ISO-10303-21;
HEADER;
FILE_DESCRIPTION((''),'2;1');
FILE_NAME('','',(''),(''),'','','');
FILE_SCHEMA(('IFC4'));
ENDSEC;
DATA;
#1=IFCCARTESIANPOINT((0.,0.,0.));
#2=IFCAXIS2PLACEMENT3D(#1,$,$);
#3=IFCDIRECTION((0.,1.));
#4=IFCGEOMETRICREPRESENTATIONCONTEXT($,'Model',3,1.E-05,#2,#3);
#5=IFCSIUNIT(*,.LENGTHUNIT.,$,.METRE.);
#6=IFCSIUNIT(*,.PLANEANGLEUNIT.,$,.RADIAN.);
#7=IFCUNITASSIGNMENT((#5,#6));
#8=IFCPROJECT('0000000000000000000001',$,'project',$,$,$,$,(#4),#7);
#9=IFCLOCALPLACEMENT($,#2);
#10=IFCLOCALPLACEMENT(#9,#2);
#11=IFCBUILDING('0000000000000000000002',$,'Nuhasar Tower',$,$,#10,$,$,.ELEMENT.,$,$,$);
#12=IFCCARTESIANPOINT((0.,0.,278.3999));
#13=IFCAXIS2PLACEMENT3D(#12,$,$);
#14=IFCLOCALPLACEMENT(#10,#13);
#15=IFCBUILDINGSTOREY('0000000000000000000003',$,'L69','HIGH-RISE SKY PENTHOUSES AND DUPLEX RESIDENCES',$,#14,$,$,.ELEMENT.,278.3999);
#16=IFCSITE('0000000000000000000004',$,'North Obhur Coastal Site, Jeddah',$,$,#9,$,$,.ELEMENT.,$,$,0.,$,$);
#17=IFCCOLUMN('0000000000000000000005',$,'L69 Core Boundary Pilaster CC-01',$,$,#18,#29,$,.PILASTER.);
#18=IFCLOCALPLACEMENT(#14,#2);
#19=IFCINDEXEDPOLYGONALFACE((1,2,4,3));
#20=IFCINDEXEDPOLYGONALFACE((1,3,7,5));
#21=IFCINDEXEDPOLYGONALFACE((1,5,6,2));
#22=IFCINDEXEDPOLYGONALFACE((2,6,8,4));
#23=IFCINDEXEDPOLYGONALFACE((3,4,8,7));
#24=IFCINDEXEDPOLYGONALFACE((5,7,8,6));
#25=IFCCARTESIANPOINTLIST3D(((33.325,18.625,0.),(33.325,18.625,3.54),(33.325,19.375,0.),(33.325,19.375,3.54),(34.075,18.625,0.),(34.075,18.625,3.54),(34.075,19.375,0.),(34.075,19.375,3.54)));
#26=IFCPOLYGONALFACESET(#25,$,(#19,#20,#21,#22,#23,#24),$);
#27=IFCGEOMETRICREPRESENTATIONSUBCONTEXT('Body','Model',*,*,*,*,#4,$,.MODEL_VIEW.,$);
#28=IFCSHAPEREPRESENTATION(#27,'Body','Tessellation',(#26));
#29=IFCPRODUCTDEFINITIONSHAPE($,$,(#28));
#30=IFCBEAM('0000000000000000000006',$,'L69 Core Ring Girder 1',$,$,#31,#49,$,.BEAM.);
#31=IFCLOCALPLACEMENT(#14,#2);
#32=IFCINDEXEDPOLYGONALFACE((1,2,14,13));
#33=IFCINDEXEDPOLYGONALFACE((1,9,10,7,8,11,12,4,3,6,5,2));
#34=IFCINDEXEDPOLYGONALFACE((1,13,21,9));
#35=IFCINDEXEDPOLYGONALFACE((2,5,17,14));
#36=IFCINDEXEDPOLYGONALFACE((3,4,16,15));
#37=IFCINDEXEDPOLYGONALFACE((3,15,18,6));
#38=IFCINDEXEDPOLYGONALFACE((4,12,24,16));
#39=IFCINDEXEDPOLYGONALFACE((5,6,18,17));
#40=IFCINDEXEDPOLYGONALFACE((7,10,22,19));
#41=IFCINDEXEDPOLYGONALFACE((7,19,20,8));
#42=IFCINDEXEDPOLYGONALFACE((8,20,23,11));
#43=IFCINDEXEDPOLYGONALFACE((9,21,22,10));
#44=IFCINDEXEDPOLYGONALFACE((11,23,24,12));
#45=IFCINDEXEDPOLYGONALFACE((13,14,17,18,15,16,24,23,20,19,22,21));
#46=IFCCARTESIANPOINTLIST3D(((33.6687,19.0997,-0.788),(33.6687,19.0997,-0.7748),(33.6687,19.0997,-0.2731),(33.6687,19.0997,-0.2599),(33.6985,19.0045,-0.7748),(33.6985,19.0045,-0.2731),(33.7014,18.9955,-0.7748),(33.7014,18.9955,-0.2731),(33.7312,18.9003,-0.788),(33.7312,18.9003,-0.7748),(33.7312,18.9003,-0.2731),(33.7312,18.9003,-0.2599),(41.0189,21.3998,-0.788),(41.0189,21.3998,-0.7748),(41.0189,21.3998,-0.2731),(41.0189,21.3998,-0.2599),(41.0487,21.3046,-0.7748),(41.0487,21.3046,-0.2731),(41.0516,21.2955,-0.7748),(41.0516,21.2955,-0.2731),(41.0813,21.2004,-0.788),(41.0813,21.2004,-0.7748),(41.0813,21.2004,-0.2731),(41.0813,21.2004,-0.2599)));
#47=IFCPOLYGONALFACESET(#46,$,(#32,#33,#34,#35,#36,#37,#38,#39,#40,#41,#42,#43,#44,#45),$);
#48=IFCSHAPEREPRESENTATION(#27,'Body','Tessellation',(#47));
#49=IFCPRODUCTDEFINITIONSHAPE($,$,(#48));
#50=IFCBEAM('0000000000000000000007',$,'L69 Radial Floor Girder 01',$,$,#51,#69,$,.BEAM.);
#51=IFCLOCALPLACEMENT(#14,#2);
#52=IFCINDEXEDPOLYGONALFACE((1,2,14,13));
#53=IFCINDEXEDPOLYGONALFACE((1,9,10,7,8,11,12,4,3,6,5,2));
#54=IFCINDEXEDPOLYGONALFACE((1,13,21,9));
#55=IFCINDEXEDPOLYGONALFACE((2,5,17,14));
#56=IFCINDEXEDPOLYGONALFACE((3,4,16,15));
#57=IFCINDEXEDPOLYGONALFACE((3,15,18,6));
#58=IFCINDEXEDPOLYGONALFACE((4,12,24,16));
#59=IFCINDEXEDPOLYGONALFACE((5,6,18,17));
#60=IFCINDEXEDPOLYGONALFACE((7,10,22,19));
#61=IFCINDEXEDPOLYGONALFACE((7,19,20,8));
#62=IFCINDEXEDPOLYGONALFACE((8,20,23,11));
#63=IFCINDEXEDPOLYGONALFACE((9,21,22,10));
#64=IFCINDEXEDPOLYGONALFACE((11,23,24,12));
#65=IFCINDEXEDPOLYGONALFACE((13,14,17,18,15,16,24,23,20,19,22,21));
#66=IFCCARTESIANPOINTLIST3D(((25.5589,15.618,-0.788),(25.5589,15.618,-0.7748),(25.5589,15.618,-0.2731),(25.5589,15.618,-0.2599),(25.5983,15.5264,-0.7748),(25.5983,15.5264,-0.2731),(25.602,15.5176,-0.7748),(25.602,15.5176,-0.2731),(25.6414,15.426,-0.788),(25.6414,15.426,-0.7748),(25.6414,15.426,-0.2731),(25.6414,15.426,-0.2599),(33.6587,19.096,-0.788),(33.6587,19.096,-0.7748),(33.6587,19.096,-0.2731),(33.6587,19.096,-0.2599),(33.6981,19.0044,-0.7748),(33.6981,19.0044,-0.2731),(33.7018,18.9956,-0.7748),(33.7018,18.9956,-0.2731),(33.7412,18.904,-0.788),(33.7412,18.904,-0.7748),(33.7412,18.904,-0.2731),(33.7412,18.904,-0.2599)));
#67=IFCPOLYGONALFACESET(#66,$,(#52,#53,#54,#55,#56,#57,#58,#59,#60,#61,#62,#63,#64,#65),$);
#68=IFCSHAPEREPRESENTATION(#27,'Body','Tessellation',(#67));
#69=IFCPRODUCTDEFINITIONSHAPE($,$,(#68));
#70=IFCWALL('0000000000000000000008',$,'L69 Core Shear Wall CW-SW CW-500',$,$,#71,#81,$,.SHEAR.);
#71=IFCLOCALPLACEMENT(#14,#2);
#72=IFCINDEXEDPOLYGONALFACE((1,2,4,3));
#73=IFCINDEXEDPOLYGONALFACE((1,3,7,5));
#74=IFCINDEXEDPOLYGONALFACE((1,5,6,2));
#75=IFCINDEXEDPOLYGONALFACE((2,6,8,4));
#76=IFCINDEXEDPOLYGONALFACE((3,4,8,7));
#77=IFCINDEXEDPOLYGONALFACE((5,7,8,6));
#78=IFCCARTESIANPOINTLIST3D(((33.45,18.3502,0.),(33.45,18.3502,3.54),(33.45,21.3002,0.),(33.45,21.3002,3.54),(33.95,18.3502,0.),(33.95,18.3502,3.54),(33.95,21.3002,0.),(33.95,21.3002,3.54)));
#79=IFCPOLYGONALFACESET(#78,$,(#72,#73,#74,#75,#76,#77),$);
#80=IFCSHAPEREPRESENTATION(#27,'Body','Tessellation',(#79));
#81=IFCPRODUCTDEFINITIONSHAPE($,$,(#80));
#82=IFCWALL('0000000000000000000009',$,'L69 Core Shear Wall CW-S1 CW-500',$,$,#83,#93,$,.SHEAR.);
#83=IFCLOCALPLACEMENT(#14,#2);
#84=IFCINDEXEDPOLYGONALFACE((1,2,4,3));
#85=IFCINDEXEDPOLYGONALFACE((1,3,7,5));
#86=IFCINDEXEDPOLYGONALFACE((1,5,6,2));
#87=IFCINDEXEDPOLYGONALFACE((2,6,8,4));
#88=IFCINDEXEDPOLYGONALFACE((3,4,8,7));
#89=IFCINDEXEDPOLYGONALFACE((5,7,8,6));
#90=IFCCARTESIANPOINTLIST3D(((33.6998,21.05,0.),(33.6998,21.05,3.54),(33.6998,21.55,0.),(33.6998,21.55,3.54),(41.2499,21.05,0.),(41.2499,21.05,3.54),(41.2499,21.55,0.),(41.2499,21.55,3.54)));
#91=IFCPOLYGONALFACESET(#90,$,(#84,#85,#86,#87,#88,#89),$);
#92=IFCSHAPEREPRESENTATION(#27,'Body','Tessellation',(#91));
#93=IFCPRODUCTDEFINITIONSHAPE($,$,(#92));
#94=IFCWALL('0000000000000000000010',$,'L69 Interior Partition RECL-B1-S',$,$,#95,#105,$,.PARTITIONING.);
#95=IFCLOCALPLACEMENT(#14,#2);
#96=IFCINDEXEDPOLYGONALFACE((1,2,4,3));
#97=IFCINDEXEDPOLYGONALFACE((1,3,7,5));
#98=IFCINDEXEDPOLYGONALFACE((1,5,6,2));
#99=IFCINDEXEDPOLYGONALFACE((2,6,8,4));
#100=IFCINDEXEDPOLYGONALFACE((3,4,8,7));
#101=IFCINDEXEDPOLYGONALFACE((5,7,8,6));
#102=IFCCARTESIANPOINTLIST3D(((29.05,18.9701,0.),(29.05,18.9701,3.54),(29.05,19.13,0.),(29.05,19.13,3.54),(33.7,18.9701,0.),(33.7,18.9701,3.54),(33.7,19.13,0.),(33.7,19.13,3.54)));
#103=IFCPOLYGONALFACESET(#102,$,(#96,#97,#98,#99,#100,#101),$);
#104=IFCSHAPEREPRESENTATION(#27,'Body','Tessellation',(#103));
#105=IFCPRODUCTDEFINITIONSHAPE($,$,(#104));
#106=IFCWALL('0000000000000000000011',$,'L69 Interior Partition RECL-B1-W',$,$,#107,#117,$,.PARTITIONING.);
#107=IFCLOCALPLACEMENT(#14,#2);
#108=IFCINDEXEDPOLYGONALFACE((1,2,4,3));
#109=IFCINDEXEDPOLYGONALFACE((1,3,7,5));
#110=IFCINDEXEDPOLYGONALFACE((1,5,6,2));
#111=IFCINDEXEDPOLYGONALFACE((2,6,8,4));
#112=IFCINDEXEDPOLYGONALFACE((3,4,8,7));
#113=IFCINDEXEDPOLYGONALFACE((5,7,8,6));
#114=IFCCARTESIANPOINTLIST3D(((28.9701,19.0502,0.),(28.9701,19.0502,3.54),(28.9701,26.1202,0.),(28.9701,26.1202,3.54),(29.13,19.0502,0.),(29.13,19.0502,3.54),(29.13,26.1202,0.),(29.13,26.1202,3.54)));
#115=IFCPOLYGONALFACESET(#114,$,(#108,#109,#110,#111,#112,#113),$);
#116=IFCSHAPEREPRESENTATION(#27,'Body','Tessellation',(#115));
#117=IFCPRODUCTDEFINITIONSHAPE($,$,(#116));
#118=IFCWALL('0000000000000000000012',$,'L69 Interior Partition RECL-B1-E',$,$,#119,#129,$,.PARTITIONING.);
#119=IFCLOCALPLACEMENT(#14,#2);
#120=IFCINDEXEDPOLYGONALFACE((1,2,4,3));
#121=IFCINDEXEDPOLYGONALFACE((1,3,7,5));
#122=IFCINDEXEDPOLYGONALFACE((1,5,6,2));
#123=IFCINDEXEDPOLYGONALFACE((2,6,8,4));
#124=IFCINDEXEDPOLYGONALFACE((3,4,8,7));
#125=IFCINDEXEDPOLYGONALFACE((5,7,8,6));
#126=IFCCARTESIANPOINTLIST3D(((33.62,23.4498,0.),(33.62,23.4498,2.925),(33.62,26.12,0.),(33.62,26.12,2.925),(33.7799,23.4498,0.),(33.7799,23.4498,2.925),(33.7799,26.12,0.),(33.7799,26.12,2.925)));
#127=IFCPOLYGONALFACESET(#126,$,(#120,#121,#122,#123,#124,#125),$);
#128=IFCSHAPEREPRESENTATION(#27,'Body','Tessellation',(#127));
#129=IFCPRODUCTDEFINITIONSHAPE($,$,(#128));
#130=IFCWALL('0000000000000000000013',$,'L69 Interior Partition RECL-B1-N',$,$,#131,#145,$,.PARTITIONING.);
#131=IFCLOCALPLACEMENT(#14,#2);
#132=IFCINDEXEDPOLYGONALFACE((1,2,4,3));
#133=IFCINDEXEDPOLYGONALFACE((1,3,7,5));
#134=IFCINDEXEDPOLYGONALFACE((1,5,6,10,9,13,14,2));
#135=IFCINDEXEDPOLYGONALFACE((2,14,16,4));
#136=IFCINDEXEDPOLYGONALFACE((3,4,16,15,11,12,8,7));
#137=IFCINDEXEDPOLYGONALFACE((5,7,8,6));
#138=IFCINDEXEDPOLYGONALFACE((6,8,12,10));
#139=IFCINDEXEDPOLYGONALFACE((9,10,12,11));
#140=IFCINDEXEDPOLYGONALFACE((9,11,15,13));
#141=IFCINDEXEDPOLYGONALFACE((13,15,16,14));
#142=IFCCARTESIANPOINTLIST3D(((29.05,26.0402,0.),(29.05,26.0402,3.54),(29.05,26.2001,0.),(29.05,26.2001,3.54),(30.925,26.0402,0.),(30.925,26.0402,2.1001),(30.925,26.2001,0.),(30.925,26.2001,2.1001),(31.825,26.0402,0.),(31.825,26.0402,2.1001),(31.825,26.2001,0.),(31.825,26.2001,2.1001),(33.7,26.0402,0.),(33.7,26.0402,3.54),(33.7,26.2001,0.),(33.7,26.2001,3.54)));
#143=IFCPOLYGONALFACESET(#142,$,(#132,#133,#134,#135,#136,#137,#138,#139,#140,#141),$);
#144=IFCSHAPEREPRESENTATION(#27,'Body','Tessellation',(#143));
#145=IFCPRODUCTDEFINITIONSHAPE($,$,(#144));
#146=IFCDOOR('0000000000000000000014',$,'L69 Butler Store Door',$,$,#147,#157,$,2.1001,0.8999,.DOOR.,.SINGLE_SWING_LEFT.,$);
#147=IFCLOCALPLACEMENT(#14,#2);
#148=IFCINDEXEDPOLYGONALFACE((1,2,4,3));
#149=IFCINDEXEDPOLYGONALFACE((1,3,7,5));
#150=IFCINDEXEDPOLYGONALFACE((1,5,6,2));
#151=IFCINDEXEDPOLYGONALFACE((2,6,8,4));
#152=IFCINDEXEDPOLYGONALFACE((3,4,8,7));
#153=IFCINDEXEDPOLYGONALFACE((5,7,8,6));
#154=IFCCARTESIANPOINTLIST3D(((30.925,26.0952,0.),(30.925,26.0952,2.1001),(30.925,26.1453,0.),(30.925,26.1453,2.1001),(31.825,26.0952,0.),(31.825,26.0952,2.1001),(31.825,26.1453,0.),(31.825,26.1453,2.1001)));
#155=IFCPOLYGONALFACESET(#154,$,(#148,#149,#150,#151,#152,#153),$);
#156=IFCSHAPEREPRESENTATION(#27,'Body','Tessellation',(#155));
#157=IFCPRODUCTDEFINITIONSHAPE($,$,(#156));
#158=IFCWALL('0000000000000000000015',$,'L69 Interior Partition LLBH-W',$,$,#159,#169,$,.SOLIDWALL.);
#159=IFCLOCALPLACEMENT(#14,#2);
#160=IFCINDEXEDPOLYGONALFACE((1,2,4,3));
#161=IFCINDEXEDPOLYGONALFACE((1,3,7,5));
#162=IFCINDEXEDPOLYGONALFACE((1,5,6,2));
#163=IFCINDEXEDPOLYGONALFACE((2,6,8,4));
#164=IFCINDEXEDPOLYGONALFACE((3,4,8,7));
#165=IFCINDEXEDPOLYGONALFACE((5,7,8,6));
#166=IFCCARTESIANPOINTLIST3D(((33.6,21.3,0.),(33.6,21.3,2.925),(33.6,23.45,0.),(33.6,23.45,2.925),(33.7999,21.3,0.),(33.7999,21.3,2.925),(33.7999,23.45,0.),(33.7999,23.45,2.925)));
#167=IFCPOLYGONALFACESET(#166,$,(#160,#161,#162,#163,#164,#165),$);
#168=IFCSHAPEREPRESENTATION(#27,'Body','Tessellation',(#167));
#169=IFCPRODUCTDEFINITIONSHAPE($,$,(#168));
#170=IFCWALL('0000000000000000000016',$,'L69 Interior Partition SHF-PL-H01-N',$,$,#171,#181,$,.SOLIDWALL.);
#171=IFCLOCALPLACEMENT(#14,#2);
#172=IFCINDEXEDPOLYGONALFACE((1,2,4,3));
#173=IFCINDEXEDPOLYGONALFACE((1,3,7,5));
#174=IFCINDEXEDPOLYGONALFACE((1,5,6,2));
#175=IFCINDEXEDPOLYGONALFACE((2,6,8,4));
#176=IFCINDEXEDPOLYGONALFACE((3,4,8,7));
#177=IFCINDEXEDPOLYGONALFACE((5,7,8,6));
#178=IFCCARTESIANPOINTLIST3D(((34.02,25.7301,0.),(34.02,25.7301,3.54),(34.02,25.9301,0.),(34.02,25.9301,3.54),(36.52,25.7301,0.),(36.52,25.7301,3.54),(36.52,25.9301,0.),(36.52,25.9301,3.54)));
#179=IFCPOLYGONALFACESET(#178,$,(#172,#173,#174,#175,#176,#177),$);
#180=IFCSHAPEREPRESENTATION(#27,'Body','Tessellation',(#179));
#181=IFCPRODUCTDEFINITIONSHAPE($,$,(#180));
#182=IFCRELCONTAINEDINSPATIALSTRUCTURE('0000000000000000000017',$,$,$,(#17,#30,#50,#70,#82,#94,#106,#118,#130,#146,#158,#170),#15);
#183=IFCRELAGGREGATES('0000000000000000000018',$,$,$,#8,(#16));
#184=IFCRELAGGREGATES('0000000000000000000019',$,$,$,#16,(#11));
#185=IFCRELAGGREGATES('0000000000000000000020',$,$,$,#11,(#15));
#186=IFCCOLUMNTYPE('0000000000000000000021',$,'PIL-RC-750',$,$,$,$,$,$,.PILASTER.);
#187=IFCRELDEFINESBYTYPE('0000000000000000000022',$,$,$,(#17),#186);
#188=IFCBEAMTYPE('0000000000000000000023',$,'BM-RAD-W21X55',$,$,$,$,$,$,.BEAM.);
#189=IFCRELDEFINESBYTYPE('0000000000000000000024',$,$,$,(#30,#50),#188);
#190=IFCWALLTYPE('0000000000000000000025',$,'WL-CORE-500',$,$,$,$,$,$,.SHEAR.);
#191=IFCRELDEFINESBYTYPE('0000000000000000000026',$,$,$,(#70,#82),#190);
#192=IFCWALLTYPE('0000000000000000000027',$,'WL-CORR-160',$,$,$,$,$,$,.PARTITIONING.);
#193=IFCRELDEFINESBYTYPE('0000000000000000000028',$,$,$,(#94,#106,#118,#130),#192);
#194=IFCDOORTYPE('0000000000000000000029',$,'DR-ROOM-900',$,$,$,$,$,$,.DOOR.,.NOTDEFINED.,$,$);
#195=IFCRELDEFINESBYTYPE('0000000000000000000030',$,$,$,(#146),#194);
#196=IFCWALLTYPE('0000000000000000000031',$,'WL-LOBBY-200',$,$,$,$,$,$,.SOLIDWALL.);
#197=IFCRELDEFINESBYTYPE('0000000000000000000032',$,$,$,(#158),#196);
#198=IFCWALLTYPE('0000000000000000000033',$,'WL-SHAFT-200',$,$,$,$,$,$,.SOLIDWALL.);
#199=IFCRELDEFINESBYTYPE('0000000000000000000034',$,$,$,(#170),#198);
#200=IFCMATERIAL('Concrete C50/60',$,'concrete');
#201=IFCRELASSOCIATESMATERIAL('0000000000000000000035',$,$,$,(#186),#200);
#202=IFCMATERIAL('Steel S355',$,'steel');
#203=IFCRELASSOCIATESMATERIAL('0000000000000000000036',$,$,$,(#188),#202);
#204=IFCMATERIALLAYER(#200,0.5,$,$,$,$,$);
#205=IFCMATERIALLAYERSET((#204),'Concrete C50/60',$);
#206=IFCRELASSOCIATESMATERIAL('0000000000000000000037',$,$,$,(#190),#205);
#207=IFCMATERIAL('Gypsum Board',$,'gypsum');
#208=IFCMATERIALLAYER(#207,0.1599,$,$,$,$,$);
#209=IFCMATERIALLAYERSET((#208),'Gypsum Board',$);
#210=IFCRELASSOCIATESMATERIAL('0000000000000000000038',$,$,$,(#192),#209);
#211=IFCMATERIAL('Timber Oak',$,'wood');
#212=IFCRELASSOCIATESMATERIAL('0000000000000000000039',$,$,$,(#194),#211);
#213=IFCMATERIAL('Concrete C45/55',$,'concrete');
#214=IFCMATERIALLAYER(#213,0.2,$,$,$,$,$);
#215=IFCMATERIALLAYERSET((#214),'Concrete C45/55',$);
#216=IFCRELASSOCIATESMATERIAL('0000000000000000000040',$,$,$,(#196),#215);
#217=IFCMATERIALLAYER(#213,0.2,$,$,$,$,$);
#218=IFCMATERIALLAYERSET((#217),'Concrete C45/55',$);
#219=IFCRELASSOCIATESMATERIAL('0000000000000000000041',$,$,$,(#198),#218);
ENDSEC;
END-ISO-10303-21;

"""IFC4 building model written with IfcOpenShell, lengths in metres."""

from ifc_helpers import new_model, si_unit, direction, frame, frame_2d, origin, origin_2d, place, context, subcontext, project, spatial, rectangle, i_section, extrude, material, layer, layer_set, material_profile, profile_set, type_object, element, fill, save


model = new_model("IFC4")

# Units and contexts
model_context = context("Model", 3, precision=1e-05, world=origin(), true_north=direction((0.0, 1.0)))
body_context = subcontext(model_context, "Body", "Model", "MODEL_VIEW")
ifc_project = project(units=[si_unit("LENGTHUNIT", "METRE"), si_unit("PLANEANGLEUNIT", "RADIAN")], contexts=[model_context])

# Site, building, storey
site_placement = place(None, origin())
site = spatial("IfcSite", under=ifc_project, at=site_placement, Name="North Obhur Coastal Site, Jeddah", CompositionType="ELEMENT", RefElevation=0.0)
building_placement = place(site_placement, origin())
building = spatial("IfcBuilding", under=site, at=building_placement, Name="Nuhasar Tower", CompositionType="ELEMENT")
storey_placement = place(building_placement, frame((0.0, 0.0, 278.3999)))
storey = spatial("IfcBuildingStorey", under=building, at=storey_placement, Name="L69", Description="HIGH-RISE SKY PENTHOUSES AND DUPLEX RESIDENCES", CompositionType="ELEMENT", Elevation=278.3999)

# Column
ifc_material_1 = material(Name="Concrete C50/60", Category="concrete")
ifc_material_profile_1 = material_profile(ifc_material_1, rectangle(XDim=0.75, YDim=0.75, at=origin_2d()), Name="RC750X750")
ifc_profile_set_1 = profile_set([ifc_material_profile_1], Name="Concrete C50/60")
column_type = type_object("IfcColumnType", Name="PIL-RC-750", PredefinedType="PILASTER", material=ifc_profile_set_1)
column_placement = place(storey_placement, frame((33.7, 19.0, 0.0), z_axis=(0.0, 0.0, 1.0), x_axis=(1.0, 0.0, 0.0)))
element("IfcColumn", 1, at=column_placement, inside=storey, type_object=column_type, Name="L69 Core Boundary Pilaster CC-01", PredefinedType="PILASTER", context=body_context, shape_type="SweptSolid", body=[
    extrude(rectangle(XDim=0.75, YDim=0.75, at=origin_2d()), origin(), (0.0, 0.0, 1.0), 3.54),
])

# Beams
ifc_material_2 = material(Name="Steel S355", Category="steel")
ifc_material_profile_2 = material_profile(ifc_material_2, i_section(OverallWidth=0.209, OverallDepth=0.5281, WebThickness=0.0095, FlangeThickness=0.0132, at=origin_2d()), Name="W21X55")
ifc_profile_set_2 = profile_set([ifc_material_profile_2], Name="Steel S355")
beam_type = type_object("IfcBeamType", Name="BM-RAD-W21X55", PredefinedType="BEAM", material=ifc_profile_set_2)
beam_1_placement = place(storey_placement, frame((33.7, 19.0, -0.5239), z_axis=(0.954364, 0.298647, 0.0), x_axis=(-0.298647, 0.954364, 0.0)))
element("IfcBeam", 2, at=beam_1_placement, inside=storey, type_object=beam_type, Name="L69 Core Ring Girder 1", PredefinedType="BEAM", context=body_context, shape_type="SweptSolid", body=[
    extrude(i_section(OverallWidth=0.209, OverallDepth=0.5281, WebThickness=0.0095, FlangeThickness=0.0132, at=origin_2d()), origin(), (0.0, 0.0, 1.0), 7.7017),
])
beam_2_placement = place(storey_placement, frame((33.7, 19.0, -0.5239), z_axis=(-0.918871, -0.394558, 0.0), x_axis=(0.394558, -0.918871, 0.0)))
element("IfcBeam", 3, at=beam_2_placement, inside=storey, type_object=beam_type, Name="L69 Radial Floor Girder 01", PredefinedType="BEAM", context=body_context, shape_type="SweptSolid", body=[
    extrude(i_section(OverallWidth=0.209, OverallDepth=0.5281, WebThickness=0.0095, FlangeThickness=0.0132, at=origin_2d()), origin(), (0.0, 0.0, 1.0), 8.8149),
])

# Walls
ifc_layer_1 = layer(ifc_material_1, 0.5)
ifc_layer_set_1 = layer_set([ifc_layer_1], Name="Concrete C50/60")
wall_type_1 = type_object("IfcWallType", Name="WL-CORE-500", PredefinedType="SHEAR", material=ifc_layer_set_1)
wall_1_placement = place(storey_placement, frame((33.7, 18.3501, 0.0), z_axis=(0.0, 0.0, 1.0), x_axis=(0.0, 1.0, 0.0)))
element("IfcWall", 4, at=wall_1_placement, inside=storey, type_object=wall_type_1, Name="L69 Core Shear Wall CW-SW CW-500", PredefinedType="SHEAR", context=body_context, shape_type="SweptSolid", body=[
    extrude(rectangle(XDim=2.95, YDim=0.5, at=frame_2d((1.4751, 0.0))), origin(), (0.0, 0.0, 1.0), 3.54),
])
wall_2_placement = place(storey_placement, frame((33.7, 21.3, 0.0), z_axis=(0.0, 0.0, 1.0), x_axis=(1.0, 0.0, 0.0)))
element("IfcWall", 5, at=wall_2_placement, inside=storey, type_object=wall_type_1, Name="L69 Core Shear Wall CW-S1 CW-500", PredefinedType="SHEAR", context=body_context, shape_type="SweptSolid", body=[
    extrude(rectangle(XDim=7.55, YDim=0.5, at=frame_2d((3.7749, 0.0))), origin(), (0.0, 0.0, 1.0), 3.54),
])
ifc_material_3 = material(Name="Gypsum Board", Category="gypsum")
ifc_layer_2 = layer(ifc_material_3, 0.1599)
ifc_layer_set_2 = layer_set([ifc_layer_2], Name="Gypsum Board")
wall_type_2 = type_object("IfcWallType", Name="WL-CORR-160", PredefinedType="PARTITIONING", material=ifc_layer_set_2)
wall_3_placement = place(storey_placement, frame((29.05, 19.05, 0.0), z_axis=(0.0, 0.0, 1.0), x_axis=(1.0, 0.0, 0.0)))
element("IfcWall", 6, at=wall_3_placement, inside=storey, type_object=wall_type_2, Name="L69 Interior Partition RECL-B1-S", PredefinedType="PARTITIONING", context=body_context, shape_type="SweptSolid", body=[
    extrude(rectangle(XDim=4.6499, YDim=0.1599, at=frame_2d((2.325, 0.0))), origin(), (0.0, 0.0, 1.0), 3.54),
])
wall_4_placement = place(storey_placement, frame((29.05, 19.05, 0.0), z_axis=(0.0, 0.0, 1.0), x_axis=(0.0, 1.0, 0.0)))
element("IfcWall", 7, at=wall_4_placement, inside=storey, type_object=wall_type_2, Name="L69 Interior Partition RECL-B1-W", PredefinedType="PARTITIONING", context=body_context, shape_type="SweptSolid", body=[
    extrude(rectangle(XDim=7.0701, YDim=0.1599, at=frame_2d((3.5352, 0.0))), origin(), (0.0, 0.0, 1.0), 3.54),
])
wall_5_placement = place(storey_placement, frame((33.7, 23.45, 0.0), z_axis=(0.0, 0.0, 1.0), x_axis=(0.0, 1.0, 0.0)))
element("IfcWall", 8, at=wall_5_placement, inside=storey, type_object=wall_type_2, Name="L69 Interior Partition RECL-B1-E", PredefinedType="PARTITIONING", context=body_context, shape_type="SweptSolid", body=[
    extrude(rectangle(XDim=2.6702, YDim=0.1599, at=frame_2d((1.335, 0.0))), origin(), (0.0, 0.0, 1.0), 2.925),
])

# Wall, opening, door
wall_6_placement = place(storey_placement, frame((33.7, 26.1201, 0.0), z_axis=(0.0, 0.0, 1.0), x_axis=(-1.0, 0.0, 0.0)))
wall_6 = element("IfcWall", 9, at=wall_6_placement, inside=storey, type_object=wall_type_2, Name="L69 Interior Partition RECL-B1-N", PredefinedType="PARTITIONING", context=body_context, shape_type="SweptSolid", body=[
    extrude(rectangle(XDim=4.6499, YDim=0.1599, at=frame_2d((2.325, 0.0))), origin(), (0.0, 0.0, 1.0), 3.54),
])
opening_1_placement = place(wall_6_placement, frame((1.875, 0.0, 0.0)))
opening_1 = element("IfcOpeningElement", 10, at=opening_1_placement, cuts=wall_6, PredefinedType="OPENING", context=body_context, shape_type="SweptSolid", body=[
    extrude(rectangle(XDim=0.8999, YDim=2.1001, at=frame_2d((0.45, 1.05))), frame((0.0, 0.0898, 0.0), z_axis=(0.0, -1.0, 0.0), x_axis=(1.0, 0.0, 0.0)), (0.0, 0.0, 1.0), 0.1799),
])
ifc_material_4 = material(Name="Timber Oak", Category="wood")
door_type_1 = type_object("IfcDoorType", Name="DR-ROOM-900", OperationType="NOTDEFINED", PredefinedType="DOOR", material=ifc_material_4)
door_1_placement = place(opening_1_placement, origin())
door_1 = element("IfcDoor", 11, at=door_1_placement, inside=storey, type_object=door_type_1, Name="L69 Butler Store Door", OperationType="SINGLE_SWING_LEFT", OverallHeight=2.1001, OverallWidth=0.8999, PredefinedType="DOOR", context=body_context, shape_type="SweptSolid", body=[
    extrude(rectangle(XDim=0.8999, YDim=2.1001, at=frame_2d((0.45, 1.05))), frame((0.0, 0.0249, 0.0), z_axis=(0.0, -1.0, 0.0), x_axis=(1.0, 0.0, 0.0)), (0.0, 0.0, 1.0), 0.05),
])
fill(opening_1, door_1)

# Wall
ifc_material_5 = material(Name="Concrete C45/55", Category="concrete")
ifc_layer_3 = layer(ifc_material_5, 0.2)
ifc_layer_set_3 = layer_set([ifc_layer_3], Name="Concrete C45/55")
wall_type_3 = type_object("IfcWallType", Name="WL-LOBBY-200", PredefinedType="SOLIDWALL", material=ifc_layer_set_3)
wall_7_placement = place(storey_placement, frame((33.7, 21.3, 0.0), z_axis=(0.0, 0.0, 1.0), x_axis=(0.0, 1.0, 0.0)))
element("IfcWall", 12, at=wall_7_placement, inside=storey, type_object=wall_type_3, Name="L69 Interior Partition LLBH-W", PredefinedType="SOLIDWALL", context=body_context, shape_type="SweptSolid", body=[
    extrude(rectangle(XDim=2.1499, YDim=0.2, at=frame_2d((1.075, 0.0))), origin(), (0.0, 0.0, 1.0), 2.925),
])

# Shared definitions
ifc_layer_4 = layer(ifc_material_5, 0.2)
ifc_layer_set_4 = layer_set([ifc_layer_4], Name="Concrete C45/55")
wall_type_4 = type_object("IfcWallType", Name="WL-SHAFT-200", PredefinedType="SOLIDWALL", material=ifc_layer_set_4)

# Wall
wall_8_placement = place(storey_placement, frame((34.02, 25.8301, 0.0), z_axis=(0.0, 0.0, 1.0), x_axis=(1.0, 0.0, 0.0)))
element("IfcWall", 13, at=wall_8_placement, inside=storey, type_object=wall_type_4, Name="L69 Interior Partition SHF-PL-H01-N", PredefinedType="SOLIDWALL", context=body_context, shape_type="SweptSolid", body=[
    extrude(rectangle(XDim=2.5, YDim=0.2, at=frame_2d((1.25, 0.0))), origin(), (0.0, 0.0, 1.0), 3.54),
])

save(model, "model.ifc")
